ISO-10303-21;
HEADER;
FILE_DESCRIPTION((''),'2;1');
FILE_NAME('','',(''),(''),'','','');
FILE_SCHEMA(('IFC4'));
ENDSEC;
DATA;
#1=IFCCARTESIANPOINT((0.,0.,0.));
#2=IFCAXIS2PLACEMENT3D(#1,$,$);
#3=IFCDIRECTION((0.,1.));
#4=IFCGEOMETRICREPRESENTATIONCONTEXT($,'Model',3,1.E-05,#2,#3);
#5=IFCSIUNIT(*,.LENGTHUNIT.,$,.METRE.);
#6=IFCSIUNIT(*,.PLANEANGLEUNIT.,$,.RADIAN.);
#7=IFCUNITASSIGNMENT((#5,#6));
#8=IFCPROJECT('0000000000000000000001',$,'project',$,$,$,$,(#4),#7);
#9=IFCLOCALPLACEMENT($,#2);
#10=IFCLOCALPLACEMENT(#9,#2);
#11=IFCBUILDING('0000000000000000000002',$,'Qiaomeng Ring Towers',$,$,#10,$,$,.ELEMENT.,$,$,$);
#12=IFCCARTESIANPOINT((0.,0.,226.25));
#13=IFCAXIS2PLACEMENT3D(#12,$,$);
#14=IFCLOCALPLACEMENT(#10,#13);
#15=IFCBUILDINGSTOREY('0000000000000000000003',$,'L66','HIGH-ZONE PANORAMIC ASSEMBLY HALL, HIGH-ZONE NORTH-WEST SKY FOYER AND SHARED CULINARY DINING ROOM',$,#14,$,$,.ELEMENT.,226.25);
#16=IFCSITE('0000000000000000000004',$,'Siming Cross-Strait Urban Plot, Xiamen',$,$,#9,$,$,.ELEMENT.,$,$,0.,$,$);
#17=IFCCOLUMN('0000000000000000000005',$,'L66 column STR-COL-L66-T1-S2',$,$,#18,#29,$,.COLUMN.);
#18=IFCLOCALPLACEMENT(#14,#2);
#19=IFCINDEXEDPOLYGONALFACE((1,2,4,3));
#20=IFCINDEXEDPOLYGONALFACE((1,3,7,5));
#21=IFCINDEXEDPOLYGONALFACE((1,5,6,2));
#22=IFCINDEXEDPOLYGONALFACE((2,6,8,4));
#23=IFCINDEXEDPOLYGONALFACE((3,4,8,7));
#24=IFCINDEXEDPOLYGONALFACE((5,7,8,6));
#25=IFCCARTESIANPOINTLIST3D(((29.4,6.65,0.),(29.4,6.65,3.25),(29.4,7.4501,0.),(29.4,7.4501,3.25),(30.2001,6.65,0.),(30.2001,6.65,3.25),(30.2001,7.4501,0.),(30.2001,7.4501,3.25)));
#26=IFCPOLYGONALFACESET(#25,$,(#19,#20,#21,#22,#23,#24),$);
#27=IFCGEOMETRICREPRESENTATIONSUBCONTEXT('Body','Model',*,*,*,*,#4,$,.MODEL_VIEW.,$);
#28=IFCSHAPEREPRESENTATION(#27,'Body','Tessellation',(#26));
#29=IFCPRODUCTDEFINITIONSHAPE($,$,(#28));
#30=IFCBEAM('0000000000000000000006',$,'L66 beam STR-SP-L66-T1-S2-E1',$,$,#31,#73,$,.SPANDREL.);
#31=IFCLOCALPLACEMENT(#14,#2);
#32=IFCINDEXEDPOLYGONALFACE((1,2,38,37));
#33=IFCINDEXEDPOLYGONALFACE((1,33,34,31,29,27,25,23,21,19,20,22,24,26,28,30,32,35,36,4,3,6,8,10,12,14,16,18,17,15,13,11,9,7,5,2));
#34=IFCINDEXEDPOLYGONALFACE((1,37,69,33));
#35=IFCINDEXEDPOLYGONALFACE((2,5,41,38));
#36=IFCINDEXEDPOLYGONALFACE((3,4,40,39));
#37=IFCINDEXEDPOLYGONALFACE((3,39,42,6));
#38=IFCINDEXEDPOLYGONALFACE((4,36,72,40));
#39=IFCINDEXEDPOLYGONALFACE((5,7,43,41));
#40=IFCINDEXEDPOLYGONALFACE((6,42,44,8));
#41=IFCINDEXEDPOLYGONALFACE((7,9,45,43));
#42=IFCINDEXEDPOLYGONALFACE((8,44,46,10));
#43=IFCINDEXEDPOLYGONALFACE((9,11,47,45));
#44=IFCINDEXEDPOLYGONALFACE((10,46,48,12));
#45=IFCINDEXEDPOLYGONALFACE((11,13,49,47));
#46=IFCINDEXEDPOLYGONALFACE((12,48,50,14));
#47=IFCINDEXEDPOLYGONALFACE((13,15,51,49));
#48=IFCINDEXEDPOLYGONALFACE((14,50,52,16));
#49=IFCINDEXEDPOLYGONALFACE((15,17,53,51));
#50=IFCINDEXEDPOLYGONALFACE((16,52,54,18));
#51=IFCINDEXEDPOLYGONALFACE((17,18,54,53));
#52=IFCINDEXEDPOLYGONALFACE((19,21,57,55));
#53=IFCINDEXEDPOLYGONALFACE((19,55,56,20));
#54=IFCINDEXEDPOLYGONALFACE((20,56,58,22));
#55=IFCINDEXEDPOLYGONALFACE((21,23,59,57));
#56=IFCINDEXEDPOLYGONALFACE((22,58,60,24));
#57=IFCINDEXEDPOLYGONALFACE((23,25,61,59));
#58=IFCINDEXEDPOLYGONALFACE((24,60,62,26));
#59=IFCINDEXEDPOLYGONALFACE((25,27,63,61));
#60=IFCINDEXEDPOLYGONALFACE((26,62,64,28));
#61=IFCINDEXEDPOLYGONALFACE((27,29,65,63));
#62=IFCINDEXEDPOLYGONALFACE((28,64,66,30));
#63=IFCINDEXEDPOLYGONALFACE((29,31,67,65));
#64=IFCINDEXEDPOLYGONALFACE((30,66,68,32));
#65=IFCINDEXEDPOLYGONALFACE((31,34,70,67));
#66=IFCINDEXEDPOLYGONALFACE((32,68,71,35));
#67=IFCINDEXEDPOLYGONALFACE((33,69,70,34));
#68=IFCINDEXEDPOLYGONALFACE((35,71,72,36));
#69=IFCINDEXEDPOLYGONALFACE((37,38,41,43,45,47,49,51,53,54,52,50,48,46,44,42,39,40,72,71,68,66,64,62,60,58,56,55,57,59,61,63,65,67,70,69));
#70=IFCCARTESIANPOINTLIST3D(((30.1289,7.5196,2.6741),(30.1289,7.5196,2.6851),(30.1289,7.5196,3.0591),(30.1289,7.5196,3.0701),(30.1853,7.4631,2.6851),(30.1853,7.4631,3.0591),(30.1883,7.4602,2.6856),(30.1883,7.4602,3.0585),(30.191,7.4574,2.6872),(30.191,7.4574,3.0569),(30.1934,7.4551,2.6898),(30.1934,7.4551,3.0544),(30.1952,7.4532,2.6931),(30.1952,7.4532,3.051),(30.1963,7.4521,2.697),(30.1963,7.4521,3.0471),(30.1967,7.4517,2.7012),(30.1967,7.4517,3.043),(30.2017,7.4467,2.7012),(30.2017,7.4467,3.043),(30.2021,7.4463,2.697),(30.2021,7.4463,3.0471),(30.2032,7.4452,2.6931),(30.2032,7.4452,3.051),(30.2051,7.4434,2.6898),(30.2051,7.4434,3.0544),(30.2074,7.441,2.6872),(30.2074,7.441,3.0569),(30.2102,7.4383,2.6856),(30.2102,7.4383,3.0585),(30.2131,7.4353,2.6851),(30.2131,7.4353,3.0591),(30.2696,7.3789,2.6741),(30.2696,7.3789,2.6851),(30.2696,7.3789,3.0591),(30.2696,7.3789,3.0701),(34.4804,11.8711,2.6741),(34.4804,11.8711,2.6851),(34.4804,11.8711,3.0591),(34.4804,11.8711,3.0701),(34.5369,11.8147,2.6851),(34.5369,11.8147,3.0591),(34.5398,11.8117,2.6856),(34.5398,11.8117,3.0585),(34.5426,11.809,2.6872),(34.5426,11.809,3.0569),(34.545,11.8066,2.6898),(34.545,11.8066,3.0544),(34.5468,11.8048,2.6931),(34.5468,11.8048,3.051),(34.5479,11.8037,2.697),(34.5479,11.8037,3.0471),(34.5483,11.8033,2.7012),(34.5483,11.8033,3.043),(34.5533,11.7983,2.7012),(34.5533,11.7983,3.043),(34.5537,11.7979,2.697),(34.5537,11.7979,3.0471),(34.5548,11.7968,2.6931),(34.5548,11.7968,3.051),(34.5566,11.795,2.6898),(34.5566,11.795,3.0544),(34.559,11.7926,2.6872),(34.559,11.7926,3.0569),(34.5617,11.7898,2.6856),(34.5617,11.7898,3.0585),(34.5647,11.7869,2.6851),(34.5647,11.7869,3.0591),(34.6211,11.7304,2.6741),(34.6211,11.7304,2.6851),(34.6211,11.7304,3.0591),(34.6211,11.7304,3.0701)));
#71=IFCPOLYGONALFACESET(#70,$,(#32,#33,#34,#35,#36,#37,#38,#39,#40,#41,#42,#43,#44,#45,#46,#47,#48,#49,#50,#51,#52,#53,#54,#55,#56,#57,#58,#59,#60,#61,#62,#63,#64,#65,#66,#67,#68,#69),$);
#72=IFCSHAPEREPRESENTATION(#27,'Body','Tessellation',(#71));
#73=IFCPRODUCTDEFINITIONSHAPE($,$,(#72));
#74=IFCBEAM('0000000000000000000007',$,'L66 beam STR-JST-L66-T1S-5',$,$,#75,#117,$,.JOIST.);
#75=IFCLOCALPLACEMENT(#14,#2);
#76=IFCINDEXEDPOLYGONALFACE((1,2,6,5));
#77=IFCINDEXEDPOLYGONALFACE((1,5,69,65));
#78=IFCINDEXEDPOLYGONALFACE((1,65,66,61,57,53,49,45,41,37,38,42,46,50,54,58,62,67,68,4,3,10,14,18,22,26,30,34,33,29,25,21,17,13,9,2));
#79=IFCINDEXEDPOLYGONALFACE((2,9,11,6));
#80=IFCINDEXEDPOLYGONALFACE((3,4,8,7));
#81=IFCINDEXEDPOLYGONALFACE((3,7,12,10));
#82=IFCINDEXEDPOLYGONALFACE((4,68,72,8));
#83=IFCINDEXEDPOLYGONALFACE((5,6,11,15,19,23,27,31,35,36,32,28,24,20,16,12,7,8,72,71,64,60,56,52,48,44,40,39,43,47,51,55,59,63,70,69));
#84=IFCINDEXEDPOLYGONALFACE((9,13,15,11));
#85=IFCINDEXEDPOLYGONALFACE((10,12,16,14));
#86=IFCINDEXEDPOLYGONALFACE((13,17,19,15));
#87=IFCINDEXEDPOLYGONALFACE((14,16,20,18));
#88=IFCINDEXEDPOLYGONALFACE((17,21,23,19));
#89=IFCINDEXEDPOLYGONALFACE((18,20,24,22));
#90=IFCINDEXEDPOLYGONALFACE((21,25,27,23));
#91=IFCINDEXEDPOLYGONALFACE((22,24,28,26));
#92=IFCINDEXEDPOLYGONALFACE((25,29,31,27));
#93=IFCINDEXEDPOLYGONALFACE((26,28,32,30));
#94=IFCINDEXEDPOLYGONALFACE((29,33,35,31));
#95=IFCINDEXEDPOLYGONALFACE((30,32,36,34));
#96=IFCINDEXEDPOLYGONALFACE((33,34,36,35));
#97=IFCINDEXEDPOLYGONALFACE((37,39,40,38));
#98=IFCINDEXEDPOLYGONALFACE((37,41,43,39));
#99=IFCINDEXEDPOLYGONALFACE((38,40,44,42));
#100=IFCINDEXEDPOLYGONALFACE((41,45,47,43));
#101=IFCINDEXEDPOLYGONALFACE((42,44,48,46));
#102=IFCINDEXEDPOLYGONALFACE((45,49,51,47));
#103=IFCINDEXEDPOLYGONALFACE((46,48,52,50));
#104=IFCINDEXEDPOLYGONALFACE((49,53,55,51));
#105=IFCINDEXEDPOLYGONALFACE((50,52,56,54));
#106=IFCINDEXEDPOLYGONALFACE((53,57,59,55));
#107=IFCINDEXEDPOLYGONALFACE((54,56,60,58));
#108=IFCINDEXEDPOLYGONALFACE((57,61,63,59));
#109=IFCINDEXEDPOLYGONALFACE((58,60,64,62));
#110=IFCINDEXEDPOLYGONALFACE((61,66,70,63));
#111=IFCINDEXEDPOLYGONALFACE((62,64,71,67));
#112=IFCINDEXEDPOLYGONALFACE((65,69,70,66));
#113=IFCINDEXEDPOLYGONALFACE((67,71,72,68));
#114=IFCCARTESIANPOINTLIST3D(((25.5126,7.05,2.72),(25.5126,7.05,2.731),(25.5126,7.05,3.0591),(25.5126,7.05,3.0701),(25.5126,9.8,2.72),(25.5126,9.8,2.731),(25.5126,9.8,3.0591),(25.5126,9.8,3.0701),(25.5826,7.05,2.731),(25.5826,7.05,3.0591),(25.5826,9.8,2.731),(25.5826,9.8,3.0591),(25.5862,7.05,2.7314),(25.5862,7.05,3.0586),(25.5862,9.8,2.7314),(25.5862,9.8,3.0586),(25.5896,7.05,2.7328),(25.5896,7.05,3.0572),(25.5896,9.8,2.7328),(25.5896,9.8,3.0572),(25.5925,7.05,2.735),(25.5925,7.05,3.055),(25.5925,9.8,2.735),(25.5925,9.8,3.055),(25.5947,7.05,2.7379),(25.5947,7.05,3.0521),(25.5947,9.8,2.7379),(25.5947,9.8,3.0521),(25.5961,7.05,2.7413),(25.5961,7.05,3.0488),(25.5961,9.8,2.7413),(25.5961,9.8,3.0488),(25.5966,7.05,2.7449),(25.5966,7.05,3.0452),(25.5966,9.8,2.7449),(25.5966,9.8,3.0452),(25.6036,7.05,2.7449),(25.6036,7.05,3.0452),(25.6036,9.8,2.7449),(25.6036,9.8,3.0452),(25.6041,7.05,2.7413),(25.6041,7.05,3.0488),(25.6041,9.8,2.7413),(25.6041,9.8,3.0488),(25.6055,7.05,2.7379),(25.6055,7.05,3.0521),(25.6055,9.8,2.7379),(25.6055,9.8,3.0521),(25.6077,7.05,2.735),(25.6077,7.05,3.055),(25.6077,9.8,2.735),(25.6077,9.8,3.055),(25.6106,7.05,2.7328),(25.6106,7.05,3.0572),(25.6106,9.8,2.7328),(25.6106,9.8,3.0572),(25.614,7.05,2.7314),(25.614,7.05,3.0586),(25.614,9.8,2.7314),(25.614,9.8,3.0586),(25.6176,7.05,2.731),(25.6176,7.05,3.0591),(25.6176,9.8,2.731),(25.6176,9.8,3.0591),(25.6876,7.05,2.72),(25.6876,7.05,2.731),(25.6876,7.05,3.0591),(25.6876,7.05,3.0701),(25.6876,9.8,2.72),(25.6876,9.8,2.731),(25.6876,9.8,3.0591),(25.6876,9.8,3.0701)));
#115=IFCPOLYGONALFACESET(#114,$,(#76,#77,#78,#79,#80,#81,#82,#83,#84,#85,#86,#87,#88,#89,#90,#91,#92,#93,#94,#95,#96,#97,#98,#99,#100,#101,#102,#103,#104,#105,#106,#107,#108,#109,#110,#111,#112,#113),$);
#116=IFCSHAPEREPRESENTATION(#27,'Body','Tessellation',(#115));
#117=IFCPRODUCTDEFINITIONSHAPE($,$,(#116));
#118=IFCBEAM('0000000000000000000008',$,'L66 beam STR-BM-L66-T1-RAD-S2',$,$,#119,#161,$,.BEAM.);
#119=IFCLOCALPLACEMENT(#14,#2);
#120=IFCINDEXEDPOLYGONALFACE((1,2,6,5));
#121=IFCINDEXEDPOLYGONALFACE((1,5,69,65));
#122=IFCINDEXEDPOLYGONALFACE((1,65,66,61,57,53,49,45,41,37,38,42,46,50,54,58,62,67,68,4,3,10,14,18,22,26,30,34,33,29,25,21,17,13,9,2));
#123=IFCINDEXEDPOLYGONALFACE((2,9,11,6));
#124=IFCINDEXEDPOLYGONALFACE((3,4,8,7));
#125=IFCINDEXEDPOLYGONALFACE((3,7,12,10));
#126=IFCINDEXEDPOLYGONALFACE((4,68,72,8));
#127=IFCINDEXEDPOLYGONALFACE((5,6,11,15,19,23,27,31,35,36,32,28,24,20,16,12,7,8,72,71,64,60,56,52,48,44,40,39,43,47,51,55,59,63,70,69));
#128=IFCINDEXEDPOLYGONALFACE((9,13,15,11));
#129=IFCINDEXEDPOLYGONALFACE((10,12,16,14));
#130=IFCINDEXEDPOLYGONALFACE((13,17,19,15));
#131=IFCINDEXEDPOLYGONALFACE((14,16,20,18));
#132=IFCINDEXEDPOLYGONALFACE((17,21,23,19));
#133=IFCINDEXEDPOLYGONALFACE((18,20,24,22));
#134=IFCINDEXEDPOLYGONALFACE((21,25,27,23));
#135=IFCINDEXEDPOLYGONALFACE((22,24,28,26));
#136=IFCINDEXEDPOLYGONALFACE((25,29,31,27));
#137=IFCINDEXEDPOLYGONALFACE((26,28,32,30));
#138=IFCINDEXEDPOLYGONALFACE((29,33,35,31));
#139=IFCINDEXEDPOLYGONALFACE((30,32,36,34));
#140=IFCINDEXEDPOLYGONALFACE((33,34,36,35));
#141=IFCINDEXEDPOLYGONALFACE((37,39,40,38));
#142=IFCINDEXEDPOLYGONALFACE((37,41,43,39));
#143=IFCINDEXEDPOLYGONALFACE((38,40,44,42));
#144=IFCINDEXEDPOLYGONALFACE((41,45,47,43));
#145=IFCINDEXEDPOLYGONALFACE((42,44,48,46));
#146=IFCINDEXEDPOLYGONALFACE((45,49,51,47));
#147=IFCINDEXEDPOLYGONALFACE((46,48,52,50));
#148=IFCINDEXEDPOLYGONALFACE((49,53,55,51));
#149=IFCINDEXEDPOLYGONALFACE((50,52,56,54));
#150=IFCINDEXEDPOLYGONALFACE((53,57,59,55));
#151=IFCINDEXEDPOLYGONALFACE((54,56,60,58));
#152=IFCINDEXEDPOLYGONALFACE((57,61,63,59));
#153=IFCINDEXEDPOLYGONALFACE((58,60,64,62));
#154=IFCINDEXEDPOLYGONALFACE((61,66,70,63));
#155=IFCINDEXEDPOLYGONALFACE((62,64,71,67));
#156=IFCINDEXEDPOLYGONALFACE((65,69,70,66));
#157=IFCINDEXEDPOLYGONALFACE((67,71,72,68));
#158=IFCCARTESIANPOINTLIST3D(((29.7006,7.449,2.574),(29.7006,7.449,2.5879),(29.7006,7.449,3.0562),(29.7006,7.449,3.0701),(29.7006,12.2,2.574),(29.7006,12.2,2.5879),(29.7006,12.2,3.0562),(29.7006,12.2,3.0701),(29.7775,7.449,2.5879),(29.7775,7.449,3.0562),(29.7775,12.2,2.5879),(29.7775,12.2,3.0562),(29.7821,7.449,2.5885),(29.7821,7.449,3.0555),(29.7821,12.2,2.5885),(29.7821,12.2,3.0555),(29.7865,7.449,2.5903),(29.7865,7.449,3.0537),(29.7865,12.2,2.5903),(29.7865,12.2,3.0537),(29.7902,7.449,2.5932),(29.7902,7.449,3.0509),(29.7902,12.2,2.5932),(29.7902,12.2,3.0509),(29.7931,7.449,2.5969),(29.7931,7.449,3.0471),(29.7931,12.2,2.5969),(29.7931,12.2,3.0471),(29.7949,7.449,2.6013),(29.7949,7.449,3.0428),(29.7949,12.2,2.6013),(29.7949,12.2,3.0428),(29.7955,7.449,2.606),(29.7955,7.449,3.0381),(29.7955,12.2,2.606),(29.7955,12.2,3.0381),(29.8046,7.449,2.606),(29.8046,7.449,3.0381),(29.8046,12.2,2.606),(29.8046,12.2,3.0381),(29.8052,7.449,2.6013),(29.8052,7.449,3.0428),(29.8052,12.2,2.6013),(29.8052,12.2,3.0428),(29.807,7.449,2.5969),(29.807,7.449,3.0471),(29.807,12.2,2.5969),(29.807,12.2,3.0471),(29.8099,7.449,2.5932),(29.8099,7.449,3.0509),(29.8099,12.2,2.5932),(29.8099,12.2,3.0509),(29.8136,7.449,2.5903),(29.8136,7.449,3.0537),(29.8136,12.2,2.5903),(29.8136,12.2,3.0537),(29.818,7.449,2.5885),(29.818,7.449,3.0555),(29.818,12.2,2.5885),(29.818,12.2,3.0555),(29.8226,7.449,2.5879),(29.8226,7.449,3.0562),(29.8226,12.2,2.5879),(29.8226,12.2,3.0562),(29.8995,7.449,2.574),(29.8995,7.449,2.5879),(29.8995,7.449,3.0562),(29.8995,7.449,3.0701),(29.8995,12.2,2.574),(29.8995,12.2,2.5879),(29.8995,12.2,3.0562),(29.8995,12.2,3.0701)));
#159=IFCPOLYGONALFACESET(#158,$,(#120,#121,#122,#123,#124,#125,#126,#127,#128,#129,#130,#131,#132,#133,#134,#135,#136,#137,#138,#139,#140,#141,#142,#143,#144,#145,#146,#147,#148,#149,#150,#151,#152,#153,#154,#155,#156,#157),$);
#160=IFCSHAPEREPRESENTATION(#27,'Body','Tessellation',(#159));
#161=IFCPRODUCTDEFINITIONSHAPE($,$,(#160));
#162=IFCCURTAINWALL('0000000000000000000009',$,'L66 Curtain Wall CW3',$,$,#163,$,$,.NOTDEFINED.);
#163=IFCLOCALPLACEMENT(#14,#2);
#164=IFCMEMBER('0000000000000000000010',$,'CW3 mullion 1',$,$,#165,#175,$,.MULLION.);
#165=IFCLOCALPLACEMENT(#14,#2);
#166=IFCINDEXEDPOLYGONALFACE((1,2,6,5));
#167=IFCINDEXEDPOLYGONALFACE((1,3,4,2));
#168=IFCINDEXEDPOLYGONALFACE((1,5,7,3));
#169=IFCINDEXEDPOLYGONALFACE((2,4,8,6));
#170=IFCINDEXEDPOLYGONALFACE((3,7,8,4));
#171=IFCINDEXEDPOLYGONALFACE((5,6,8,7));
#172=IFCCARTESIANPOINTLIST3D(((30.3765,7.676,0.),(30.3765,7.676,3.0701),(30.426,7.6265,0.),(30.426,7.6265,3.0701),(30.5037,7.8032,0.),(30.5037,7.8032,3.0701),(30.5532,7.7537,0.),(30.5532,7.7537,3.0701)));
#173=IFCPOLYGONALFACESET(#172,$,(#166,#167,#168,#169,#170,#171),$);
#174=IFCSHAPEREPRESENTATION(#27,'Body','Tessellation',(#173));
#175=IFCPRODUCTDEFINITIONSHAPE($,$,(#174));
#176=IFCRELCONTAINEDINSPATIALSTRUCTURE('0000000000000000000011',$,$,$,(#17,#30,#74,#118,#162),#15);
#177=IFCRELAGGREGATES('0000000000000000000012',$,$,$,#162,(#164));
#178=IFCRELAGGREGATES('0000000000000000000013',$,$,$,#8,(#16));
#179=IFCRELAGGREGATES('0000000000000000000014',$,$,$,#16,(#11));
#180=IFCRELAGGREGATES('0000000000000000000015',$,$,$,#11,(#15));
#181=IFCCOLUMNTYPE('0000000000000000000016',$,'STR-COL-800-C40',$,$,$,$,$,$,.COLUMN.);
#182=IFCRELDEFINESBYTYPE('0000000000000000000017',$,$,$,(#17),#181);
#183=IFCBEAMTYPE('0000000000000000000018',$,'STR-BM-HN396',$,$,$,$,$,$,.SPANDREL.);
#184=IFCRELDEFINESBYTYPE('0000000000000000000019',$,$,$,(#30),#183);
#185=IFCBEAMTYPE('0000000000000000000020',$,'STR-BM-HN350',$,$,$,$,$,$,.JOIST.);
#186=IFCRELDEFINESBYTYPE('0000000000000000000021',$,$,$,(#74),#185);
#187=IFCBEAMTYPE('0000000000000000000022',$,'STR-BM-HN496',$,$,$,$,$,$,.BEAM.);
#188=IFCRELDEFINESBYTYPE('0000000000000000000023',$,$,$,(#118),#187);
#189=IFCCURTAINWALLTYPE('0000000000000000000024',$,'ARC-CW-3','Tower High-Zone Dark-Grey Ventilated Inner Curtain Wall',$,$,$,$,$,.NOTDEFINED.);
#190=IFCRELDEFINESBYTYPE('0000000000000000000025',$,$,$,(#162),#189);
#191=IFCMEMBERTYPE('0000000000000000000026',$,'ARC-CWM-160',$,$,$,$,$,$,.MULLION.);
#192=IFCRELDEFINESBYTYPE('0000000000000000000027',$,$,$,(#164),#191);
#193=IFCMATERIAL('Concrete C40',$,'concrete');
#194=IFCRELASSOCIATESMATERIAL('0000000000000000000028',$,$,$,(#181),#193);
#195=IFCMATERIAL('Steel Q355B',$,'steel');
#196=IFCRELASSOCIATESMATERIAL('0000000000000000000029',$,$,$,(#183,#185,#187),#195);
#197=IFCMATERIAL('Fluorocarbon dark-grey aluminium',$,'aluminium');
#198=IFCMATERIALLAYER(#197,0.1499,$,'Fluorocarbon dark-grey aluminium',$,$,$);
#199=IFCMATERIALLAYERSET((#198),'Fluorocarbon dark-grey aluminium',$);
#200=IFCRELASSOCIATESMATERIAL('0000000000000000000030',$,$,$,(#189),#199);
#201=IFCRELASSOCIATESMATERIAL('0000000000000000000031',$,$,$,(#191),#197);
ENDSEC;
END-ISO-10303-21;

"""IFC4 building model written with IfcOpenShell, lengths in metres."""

from ifc_helpers import new_model, si_unit, direction, frame, origin, origin_2d, place, context, subcontext, project, spatial, rectangle, i_section, extrude, source, transform, mapped, material, layer, layer_set, material_profile, profile_set, type_object, element, aggregate, save


model = new_model("IFC4")

# Units and contexts
model_context = context("Model", 3, precision=1e-05, world=origin(), true_north=direction((0.0, 1.0)))
body_context = subcontext(model_context, "Body", "Model", "MODEL_VIEW")
ifc_project = project(units=[si_unit("LENGTHUNIT", "METRE"), si_unit("PLANEANGLEUNIT", "RADIAN")], contexts=[model_context])

# Site, building, storey
site_placement = place(None, origin())
site = spatial("IfcSite", under=ifc_project, at=site_placement, Name="Siming Cross-Strait Urban Plot, Xiamen", CompositionType="ELEMENT", RefElevation=0.0)
building_placement = place(site_placement, origin())
building = spatial("IfcBuilding", under=site, at=building_placement, Name="Qiaomeng Ring Towers", CompositionType="ELEMENT")
storey_placement = place(building_placement, frame((0.0, 0.0, 226.25)))
storey = spatial("IfcBuildingStorey", under=building, at=storey_placement, Name="L66", Description="HIGH-ZONE PANORAMIC ASSEMBLY HALL, HIGH-ZONE NORTH-WEST SKY FOYER AND SHARED CULINARY DINING ROOM", CompositionType="ELEMENT", Elevation=226.25)

# Column
ifc_material_1 = material(Name="Concrete C40", Category="concrete")
ifc_material_profile_1 = material_profile(ifc_material_1, rectangle(XDim=0.8, YDim=0.8, at=origin_2d()), Name="RC COL 800x800")
ifc_profile_set_1 = profile_set([ifc_material_profile_1], Name="Concrete C40")
column_type = type_object("IfcColumnType", Name="STR-COL-800-C40", PredefinedType="COLUMN", material=ifc_profile_set_1)
shared_shape_1 = source(origin(), body_context, "Body", "SweptSolid", [
    extrude(rectangle(XDim=0.8, YDim=0.8, at=origin_2d()), origin(), (0.0, 0.0, 1.0), 3.25),
])
column_placement = place(storey_placement, frame((29.8, 7.05, 0.0), z_axis=(0.0, 0.0, 1.0), x_axis=(1.0, 0.0, 0.0)))
element("IfcColumn", 1, at=column_placement, inside=storey, type_object=column_type, Name="L66 column STR-COL-L66-T1-S2", PredefinedType="COLUMN", context=body_context, shape_type="MappedRepresentation", body=[
    mapped(shared_shape_1, transform((0.0, 0.0, 0.0), x_axis=(1.0, 0.0, 0.0), y_axis=(0.0, 1.0, 0.0), z_axis=(0.0, 0.0, 1.0), scale=1.0)),
])

# Beams
ifc_material_2 = material(Name="Steel Q355B", Category="steel")
ifc_material_profile_2 = material_profile(ifc_material_2, i_section(OverallWidth=0.199, OverallDepth=0.396, WebThickness=0.0071, FlangeThickness=0.011, FilletRadius=0.0161, at=origin_2d()), Name="HN 396x199x7x11")
ifc_profile_set_2 = profile_set([ifc_material_profile_2], Name="Steel Q355B")
beam_type_1 = type_object("IfcBeamType", Name="STR-BM-HN396", PredefinedType="SPANDREL", material=ifc_profile_set_2)
shared_shape_2 = source(origin(), body_context, "Body", "SweptSolid", [
    extrude(i_section(OverallWidth=0.199, OverallDepth=0.396, WebThickness=0.0071, FlangeThickness=0.011, FilletRadius=0.0161, at=origin_2d()), origin(), (0.0, 0.0, 1.0), 6.1541),
])
beam_1_placement = place(storey_placement, frame((30.1992, 7.4492, 2.8721), z_axis=(0.707107, 0.707107, 0.0), x_axis=(-0.707107, 0.707107, 0.0)))
element("IfcBeam", 2, at=beam_1_placement, inside=storey, type_object=beam_type_1, Name="L66 beam STR-SP-L66-T1-S2-E1", PredefinedType="SPANDREL", context=body_context, shape_type="MappedRepresentation", body=[
    mapped(shared_shape_2, transform((0.0, 0.0, 0.0), x_axis=(1.0, 0.0, 0.0), y_axis=(0.0, 1.0, 0.0), z_axis=(0.0, 0.0, 1.0), scale=1.0)),
])
ifc_material_profile_3 = material_profile(ifc_material_2, i_section(OverallWidth=0.175, OverallDepth=0.3501, WebThickness=0.0071, FlangeThickness=0.011, FilletRadius=0.0139, at=origin_2d()), Name="HN 350x175x7x11")
ifc_profile_set_3 = profile_set([ifc_material_profile_3], Name="Steel Q355B")
beam_type_2 = type_object("IfcBeamType", Name="STR-BM-HN350", PredefinedType="JOIST", material=ifc_profile_set_3)
shared_shape_3 = source(origin(), body_context, "Body", "SweptSolid", [
    extrude(i_section(OverallWidth=0.175, OverallDepth=0.3501, WebThickness=0.0071, FlangeThickness=0.011, FilletRadius=0.0139, at=origin_2d()), origin(), (0.0, 0.0, 1.0), 2.75),
])
beam_2_placement = place(storey_placement, frame((25.6001, 7.05, 2.895), z_axis=(0.0, 1.0, 0.0), x_axis=(-1.0, 0.0, 0.0)))
element("IfcBeam", 3, at=beam_2_placement, inside=storey, type_object=beam_type_2, Name="L66 beam STR-JST-L66-T1S-5", PredefinedType="JOIST", context=body_context, shape_type="MappedRepresentation", body=[
    mapped(shared_shape_3, transform((0.0, 0.0, 0.0), x_axis=(1.0, 0.0, 0.0), y_axis=(0.0, 1.0, 0.0), z_axis=(0.0, 0.0, 1.0), scale=1.0)),
])
ifc_material_profile_4 = material_profile(ifc_material_2, i_section(OverallWidth=0.199, OverallDepth=0.4961, WebThickness=0.009, FlangeThickness=0.0139, FilletRadius=0.0181, at=origin_2d()), Name="HN 496x199x9x14")
ifc_profile_set_4 = profile_set([ifc_material_profile_4], Name="Steel Q355B")
beam_type_3 = type_object("IfcBeamType", Name="STR-BM-HN496", PredefinedType="BEAM", material=ifc_profile_set_4)
shared_shape_4 = source(origin(), body_context, "Body", "SweptSolid", [
    extrude(i_section(OverallWidth=0.199, OverallDepth=0.4961, WebThickness=0.009, FlangeThickness=0.0139, FilletRadius=0.0181, at=origin_2d()), origin(), (0.0, 0.0, 1.0), 4.751),
])
beam_3_placement = place(storey_placement, frame((29.8, 7.449, 2.822), z_axis=(0.0, 1.0, 0.0), x_axis=(-1.0, 0.0, 0.0)))
element("IfcBeam", 4, at=beam_3_placement, inside=storey, type_object=beam_type_3, Name="L66 beam STR-BM-L66-T1-RAD-S2", PredefinedType="BEAM", context=body_context, shape_type="MappedRepresentation", body=[
    mapped(shared_shape_4, transform((0.0, 0.0, 0.0), x_axis=(1.0, 0.0, 0.0), y_axis=(0.0, 1.0, 0.0), z_axis=(0.0, 0.0, 1.0), scale=1.0)),
])

# Curtain wall, member
ifc_material_3 = material(Name="Fluorocarbon dark-grey aluminium", Category="aluminium")
ifc_layer_1 = layer(ifc_material_3, 0.1499, Name="Fluorocarbon dark-grey aluminium")
ifc_layer_set_1 = layer_set([ifc_layer_1], Name="Fluorocarbon dark-grey aluminium")
curtain_wall_type = type_object("IfcCurtainWallType", Name="ARC-CW-3", Description="Tower High-Zone Dark-Grey Ventilated Inner Curtain Wall", PredefinedType="NOTDEFINED", material=ifc_layer_set_1)
curtain_wall_placement = place(storey_placement, origin())
curtain_wall = element("IfcCurtainWall", 5, at=curtain_wall_placement, inside=storey, type_object=curtain_wall_type, Name="L66 Curtain Wall CW3", PredefinedType="NOTDEFINED")
ifc_material_profile_5 = material_profile(ifc_material_3, rectangle(XDim=0.0701, YDim=0.1799, at=origin_2d()), Name="ALU MULL 70x180")
ifc_profile_set_5 = profile_set([ifc_material_profile_5], Name="Fluorocarbon dark-grey aluminium")
member_type_1 = type_object("IfcMemberType", Name="ARC-CWM-160", PredefinedType="MULLION", material=ifc_profile_set_5)
shared_shape_5 = source(origin(), body_context, "Body", "SweptSolid", [
    extrude(rectangle(XDim=0.0701, YDim=0.1799, at=origin_2d()), origin(), (0.0, 0.0, 1.0), 3.0701),
])
member_1_placement = place(storey_placement, frame((30.4648, 7.7148, 0.0), z_axis=(0.0, 0.0, 1.0), x_axis=(-0.707107, 0.707107, 0.0)))
member_1 = element("IfcMember", 6, at=member_1_placement, type_object=member_type_1, Name="CW3 mullion 1", PredefinedType="MULLION", context=body_context, shape_type="MappedRepresentation", body=[
    mapped(shared_shape_5, transform((0.0, 0.0, 0.0), x_axis=(1.0, 0.0, 0.0), y_axis=(0.0, 1.0, 0.0), z_axis=(0.0, 0.0, 1.0), scale=1.0)),
])
aggregate(curtain_wall, [member_1])

save(model, "model.ifc")
